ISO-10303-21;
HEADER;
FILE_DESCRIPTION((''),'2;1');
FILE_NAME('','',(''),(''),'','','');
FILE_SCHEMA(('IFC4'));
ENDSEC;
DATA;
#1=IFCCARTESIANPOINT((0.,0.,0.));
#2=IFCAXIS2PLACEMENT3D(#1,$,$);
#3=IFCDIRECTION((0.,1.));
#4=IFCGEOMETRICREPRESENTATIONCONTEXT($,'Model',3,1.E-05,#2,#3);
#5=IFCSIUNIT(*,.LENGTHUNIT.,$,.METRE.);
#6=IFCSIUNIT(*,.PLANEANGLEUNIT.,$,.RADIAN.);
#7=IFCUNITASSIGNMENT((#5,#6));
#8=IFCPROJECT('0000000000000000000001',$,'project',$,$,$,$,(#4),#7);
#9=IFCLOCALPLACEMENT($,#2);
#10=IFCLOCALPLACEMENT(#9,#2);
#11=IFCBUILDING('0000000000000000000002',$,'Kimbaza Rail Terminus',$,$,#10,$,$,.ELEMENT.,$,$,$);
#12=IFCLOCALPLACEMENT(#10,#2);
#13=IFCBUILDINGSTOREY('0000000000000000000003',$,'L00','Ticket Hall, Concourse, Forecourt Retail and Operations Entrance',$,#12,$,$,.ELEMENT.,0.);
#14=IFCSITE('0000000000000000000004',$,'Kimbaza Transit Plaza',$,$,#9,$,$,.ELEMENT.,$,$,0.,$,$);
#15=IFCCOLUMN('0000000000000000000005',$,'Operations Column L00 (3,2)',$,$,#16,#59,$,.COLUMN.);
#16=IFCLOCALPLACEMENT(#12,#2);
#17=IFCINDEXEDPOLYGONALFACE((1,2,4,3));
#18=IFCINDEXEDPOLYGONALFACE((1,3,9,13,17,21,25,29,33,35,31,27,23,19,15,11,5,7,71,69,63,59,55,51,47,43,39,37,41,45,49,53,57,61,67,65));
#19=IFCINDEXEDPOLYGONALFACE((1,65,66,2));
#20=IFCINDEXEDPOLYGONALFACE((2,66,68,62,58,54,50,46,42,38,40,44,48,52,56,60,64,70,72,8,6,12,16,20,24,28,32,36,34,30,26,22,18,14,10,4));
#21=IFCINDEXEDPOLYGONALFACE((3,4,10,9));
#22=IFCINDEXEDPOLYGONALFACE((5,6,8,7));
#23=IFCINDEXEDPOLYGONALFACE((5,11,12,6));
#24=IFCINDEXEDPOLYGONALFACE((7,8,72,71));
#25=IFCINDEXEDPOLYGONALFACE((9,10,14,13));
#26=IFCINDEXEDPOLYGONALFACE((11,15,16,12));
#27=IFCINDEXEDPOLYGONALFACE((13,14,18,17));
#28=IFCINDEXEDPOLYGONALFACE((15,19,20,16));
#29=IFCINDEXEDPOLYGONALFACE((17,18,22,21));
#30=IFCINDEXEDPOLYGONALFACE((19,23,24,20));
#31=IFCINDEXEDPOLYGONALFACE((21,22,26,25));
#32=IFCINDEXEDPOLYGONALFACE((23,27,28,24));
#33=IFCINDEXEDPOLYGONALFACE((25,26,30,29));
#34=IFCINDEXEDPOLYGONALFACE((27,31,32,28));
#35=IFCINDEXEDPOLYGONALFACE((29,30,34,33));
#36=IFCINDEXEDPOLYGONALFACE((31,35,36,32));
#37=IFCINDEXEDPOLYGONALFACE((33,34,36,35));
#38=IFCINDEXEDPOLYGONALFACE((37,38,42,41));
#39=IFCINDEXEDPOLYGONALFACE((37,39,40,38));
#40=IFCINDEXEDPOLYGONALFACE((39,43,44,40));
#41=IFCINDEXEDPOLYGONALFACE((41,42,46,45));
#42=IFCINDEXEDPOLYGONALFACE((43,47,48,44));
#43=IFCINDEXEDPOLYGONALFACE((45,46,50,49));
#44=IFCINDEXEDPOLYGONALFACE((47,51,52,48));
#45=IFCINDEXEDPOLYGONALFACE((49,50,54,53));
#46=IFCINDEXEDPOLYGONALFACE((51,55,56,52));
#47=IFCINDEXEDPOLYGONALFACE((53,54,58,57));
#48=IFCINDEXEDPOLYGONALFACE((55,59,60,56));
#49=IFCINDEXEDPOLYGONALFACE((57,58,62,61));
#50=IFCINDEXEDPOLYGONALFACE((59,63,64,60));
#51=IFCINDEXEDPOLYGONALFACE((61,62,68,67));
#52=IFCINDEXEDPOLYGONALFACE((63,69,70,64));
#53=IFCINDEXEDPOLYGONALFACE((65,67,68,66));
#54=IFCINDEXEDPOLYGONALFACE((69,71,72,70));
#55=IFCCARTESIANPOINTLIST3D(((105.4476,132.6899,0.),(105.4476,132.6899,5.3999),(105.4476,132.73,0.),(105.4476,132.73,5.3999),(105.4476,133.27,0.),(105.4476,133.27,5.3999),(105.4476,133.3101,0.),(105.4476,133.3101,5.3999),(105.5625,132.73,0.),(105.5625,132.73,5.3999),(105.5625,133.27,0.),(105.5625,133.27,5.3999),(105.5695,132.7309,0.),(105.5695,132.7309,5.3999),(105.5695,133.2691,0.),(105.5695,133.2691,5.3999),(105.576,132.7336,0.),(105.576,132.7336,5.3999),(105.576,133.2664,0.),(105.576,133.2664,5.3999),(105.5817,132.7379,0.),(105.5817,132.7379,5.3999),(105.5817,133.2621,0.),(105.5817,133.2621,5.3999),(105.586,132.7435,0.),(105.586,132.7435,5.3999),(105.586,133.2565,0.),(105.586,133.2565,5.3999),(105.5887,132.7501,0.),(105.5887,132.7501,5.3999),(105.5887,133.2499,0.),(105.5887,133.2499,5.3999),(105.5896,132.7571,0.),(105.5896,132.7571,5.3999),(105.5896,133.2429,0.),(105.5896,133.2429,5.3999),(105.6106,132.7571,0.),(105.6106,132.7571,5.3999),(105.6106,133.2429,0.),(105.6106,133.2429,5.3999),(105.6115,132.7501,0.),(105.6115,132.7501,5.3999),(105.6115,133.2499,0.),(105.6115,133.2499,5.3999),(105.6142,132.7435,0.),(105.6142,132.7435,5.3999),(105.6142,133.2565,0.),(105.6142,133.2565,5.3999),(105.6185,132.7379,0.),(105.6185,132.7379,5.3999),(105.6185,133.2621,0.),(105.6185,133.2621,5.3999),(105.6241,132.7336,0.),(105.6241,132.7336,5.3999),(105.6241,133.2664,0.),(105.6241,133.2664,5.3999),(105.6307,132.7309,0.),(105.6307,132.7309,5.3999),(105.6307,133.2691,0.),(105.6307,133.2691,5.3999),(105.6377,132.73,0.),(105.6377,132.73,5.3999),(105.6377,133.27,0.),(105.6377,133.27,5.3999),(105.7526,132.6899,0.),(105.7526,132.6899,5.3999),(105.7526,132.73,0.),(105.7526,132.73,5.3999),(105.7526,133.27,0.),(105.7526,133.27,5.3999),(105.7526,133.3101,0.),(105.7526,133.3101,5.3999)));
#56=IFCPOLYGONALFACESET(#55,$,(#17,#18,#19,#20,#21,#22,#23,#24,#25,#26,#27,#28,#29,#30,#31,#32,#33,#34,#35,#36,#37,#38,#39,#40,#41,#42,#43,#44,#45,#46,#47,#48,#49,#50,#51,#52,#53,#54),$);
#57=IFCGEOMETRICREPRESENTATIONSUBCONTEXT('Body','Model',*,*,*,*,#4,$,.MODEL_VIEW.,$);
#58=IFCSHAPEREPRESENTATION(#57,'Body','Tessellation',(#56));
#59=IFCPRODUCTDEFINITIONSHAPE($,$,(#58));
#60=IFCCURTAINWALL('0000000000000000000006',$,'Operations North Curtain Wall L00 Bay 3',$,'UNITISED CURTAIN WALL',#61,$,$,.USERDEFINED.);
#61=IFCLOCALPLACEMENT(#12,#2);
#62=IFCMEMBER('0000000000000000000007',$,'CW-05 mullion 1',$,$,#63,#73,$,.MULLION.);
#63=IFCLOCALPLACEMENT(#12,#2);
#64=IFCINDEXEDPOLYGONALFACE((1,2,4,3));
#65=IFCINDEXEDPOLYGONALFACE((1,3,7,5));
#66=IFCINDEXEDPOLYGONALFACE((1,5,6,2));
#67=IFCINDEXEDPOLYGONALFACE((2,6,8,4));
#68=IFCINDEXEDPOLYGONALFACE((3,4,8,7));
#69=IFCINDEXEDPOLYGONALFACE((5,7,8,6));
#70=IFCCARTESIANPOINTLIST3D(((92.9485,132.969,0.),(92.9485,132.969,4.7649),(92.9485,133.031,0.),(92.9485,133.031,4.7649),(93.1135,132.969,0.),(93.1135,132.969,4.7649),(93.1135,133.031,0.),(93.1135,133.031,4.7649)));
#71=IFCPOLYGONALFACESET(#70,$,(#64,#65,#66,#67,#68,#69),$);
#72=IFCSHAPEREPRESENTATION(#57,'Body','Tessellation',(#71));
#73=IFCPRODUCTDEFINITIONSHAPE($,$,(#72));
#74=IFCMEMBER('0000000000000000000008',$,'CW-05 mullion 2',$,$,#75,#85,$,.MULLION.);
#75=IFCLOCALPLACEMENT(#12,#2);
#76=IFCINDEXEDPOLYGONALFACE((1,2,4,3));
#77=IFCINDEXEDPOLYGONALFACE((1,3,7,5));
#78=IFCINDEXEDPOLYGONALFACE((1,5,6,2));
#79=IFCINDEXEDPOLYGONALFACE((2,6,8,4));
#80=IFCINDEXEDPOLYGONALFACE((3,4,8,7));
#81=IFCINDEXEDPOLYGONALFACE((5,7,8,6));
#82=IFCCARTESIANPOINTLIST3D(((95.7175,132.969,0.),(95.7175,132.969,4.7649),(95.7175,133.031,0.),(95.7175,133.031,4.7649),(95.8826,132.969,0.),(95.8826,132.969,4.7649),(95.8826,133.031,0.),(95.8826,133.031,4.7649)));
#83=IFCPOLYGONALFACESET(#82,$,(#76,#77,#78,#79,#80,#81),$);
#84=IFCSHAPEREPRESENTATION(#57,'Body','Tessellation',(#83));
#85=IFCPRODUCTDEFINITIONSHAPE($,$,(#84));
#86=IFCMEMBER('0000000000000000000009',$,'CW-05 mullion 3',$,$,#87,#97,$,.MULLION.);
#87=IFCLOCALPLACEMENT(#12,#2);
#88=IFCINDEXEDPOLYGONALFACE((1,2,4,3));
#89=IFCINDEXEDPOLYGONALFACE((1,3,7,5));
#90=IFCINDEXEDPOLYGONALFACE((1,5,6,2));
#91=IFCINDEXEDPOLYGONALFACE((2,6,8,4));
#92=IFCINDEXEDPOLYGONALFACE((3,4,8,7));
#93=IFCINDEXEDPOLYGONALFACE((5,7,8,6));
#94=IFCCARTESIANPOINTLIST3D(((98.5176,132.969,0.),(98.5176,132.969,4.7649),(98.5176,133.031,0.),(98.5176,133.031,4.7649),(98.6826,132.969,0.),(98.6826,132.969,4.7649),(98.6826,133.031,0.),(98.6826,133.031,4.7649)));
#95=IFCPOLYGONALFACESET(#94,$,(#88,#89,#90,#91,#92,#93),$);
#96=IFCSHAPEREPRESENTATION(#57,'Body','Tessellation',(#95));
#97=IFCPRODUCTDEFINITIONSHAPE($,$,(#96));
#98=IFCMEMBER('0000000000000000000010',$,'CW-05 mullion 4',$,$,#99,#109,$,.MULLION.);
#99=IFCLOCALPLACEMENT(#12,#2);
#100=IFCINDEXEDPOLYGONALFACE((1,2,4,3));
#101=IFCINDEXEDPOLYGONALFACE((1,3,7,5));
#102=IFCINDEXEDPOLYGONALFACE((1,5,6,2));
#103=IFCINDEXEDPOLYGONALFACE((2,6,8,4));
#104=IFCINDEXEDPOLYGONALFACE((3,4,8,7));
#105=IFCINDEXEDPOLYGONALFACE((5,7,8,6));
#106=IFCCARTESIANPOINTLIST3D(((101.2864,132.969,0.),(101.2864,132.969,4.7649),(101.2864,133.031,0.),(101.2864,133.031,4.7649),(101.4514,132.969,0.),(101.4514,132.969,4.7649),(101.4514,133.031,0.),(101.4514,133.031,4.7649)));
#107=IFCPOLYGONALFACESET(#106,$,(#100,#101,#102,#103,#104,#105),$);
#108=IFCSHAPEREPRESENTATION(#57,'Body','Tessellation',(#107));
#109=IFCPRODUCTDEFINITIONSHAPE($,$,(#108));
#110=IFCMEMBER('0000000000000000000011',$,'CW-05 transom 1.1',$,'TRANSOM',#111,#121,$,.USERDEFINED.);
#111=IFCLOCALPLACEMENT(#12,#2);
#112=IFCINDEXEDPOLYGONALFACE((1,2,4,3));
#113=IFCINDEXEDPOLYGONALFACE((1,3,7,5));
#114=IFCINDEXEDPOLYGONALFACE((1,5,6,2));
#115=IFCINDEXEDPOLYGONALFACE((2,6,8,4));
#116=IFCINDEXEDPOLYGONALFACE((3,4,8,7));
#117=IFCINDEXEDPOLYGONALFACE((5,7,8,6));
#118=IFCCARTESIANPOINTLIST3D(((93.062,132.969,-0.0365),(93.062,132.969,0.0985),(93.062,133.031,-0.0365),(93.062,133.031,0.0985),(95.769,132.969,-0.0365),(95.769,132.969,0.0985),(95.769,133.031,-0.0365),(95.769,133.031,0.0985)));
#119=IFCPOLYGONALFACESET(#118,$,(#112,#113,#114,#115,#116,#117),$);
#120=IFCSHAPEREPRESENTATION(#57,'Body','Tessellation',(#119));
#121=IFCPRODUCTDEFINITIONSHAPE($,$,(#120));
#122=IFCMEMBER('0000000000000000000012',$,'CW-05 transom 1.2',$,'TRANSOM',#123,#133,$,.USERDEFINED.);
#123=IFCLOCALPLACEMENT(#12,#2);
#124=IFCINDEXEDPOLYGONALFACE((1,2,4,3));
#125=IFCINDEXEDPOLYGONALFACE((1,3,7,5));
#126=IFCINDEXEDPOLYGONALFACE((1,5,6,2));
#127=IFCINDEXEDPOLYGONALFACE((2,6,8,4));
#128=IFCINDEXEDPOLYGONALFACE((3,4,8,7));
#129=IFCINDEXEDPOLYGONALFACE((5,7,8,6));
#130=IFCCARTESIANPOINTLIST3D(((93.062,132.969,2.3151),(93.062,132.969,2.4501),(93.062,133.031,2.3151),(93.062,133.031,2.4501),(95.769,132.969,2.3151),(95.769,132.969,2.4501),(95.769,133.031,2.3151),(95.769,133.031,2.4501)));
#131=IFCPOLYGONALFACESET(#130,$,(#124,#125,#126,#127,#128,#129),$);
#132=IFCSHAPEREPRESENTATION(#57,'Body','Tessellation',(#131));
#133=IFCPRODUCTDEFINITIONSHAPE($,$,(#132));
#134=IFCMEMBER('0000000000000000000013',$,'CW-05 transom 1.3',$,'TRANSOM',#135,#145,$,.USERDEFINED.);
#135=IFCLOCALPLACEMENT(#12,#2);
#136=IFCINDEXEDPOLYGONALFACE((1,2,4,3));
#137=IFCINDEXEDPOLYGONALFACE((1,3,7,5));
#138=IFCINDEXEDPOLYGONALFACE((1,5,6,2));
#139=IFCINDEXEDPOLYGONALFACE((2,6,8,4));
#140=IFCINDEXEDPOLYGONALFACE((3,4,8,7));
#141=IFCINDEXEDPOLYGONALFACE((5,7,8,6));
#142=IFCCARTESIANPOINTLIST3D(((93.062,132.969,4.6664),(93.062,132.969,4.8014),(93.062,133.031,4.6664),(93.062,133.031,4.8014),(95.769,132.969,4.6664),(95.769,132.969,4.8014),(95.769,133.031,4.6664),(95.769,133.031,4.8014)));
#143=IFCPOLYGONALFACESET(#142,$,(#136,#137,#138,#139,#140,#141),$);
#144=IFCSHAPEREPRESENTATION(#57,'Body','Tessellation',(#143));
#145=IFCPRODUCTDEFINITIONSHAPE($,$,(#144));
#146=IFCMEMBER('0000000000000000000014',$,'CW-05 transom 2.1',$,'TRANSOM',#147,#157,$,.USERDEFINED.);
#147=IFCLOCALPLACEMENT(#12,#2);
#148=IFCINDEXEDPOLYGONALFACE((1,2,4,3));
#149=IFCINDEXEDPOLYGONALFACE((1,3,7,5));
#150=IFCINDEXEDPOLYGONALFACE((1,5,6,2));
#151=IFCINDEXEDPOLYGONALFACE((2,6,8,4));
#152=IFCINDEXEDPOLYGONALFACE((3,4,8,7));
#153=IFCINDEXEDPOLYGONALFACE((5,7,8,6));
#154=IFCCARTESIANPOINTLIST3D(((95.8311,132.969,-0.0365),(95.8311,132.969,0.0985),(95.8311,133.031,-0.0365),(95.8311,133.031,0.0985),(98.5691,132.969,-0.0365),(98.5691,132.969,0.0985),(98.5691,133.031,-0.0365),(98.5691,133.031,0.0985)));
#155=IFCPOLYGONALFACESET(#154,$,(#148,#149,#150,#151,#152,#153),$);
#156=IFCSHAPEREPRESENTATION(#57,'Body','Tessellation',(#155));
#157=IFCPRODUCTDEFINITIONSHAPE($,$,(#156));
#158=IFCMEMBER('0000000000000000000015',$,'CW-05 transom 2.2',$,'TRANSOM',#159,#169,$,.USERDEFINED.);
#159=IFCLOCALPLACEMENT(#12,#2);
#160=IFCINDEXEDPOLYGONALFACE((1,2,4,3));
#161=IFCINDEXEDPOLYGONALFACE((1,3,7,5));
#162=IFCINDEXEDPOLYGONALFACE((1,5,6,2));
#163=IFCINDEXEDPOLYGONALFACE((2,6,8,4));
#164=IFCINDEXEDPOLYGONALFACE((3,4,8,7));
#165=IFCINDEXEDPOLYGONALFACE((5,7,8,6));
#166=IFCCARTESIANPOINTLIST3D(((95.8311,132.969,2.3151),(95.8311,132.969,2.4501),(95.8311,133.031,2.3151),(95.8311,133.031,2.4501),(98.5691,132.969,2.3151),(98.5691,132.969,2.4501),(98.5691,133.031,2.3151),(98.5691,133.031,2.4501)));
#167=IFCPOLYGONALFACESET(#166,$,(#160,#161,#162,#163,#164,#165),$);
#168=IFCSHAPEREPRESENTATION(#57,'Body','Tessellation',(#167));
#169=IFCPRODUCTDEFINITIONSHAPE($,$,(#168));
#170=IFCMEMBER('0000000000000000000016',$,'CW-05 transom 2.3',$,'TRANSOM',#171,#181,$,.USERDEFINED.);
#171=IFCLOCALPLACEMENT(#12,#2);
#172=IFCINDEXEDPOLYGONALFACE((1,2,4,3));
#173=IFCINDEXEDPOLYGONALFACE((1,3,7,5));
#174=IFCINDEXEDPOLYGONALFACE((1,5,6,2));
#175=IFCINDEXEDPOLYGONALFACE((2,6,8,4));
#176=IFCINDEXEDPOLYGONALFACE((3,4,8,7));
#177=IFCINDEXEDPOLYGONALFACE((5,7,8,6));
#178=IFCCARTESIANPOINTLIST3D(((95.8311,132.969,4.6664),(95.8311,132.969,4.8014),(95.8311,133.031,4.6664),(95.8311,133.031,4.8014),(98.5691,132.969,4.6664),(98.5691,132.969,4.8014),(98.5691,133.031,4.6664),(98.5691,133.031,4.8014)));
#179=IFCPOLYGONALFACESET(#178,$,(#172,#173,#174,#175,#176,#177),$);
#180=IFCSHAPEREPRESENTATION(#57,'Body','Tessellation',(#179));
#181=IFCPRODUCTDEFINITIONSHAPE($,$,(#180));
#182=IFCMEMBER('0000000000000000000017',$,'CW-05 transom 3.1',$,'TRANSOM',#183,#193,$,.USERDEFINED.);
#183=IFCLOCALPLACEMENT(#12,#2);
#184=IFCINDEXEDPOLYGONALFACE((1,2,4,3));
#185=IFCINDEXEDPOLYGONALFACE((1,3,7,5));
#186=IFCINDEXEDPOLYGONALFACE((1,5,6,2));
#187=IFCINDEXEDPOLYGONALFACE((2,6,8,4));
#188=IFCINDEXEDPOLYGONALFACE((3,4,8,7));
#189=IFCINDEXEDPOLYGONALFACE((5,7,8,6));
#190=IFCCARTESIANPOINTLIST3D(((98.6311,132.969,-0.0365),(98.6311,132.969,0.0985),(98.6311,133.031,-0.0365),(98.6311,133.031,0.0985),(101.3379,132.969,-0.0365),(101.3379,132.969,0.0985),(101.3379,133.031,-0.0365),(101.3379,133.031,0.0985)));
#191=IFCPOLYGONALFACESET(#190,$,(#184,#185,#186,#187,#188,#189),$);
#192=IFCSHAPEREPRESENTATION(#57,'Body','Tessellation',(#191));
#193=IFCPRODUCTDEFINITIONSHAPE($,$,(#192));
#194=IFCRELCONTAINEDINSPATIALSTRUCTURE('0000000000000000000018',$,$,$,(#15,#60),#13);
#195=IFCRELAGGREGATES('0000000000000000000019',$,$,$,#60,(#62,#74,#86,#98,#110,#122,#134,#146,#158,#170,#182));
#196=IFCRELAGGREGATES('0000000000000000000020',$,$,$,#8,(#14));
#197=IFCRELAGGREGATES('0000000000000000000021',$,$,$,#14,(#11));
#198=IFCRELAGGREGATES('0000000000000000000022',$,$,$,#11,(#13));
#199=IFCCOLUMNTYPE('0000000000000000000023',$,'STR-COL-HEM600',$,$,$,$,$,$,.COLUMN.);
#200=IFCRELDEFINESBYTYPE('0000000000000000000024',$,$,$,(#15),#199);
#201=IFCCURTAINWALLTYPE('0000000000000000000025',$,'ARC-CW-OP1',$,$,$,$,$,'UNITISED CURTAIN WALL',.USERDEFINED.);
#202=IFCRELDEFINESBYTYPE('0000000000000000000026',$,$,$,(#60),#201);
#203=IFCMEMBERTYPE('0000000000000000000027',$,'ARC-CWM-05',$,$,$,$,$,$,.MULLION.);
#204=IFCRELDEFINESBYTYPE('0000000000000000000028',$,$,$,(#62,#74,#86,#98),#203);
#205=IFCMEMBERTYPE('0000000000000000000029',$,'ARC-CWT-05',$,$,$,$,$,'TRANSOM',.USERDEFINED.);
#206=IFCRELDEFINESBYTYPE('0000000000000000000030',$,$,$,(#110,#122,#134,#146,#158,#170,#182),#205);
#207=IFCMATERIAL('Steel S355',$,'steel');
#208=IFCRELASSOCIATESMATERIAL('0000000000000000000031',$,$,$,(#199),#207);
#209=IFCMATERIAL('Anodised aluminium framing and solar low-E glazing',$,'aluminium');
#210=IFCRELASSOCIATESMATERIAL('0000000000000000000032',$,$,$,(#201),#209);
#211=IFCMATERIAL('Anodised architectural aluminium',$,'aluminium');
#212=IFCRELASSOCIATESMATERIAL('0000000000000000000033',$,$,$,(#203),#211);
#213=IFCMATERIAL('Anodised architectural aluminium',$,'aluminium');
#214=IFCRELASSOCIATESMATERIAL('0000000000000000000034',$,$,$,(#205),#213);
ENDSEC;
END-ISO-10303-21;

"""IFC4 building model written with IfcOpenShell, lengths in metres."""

from ifc_helpers import new_model, si_unit, direction, frame, origin, origin_2d, place, context, subcontext, project, spatial, rectangle, i_section, extrude, material, material_profile, profile_set, type_object, element, aggregate, save


model = new_model("IFC4")

# Units and contexts
model_context = context("Model", 3, precision=1e-05, world=origin(), true_north=direction((0.0, 1.0)))
body_context = subcontext(model_context, "Body", "Model", "MODEL_VIEW")
ifc_project = project(units=[si_unit("LENGTHUNIT", "METRE"), si_unit("PLANEANGLEUNIT", "RADIAN")], contexts=[model_context])

# Site, building, storey
site_placement = place(None, origin())
site = spatial("IfcSite", under=ifc_project, at=site_placement, Name="Kimbaza Transit Plaza", CompositionType="ELEMENT", RefElevation=0.0)
building_placement = place(site_placement, origin())
building = spatial("IfcBuilding", under=site, at=building_placement, Name="Kimbaza Rail Terminus", CompositionType="ELEMENT")
storey_placement = place(building_placement, origin())
storey = spatial("IfcBuildingStorey", under=building, at=storey_placement, Name="L00", Description="Ticket Hall, Concourse, Forecourt Retail and Operations Entrance", CompositionType="ELEMENT", Elevation=0.0)

# Column
ifc_material_1 = material(Name="Steel S355", Category="steel")
ifc_material_profile_1 = material_profile(ifc_material_1, i_section(OverallWidth=0.3049, OverallDepth=0.6201, WebThickness=0.021, FlangeThickness=0.04, FilletRadius=0.0271, at=origin_2d()), Name="HEM 600")
ifc_profile_set_1 = profile_set([ifc_material_profile_1], Name="Steel S355")
column_type = type_object("IfcColumnType", Name="STR-COL-HEM600", PredefinedType="COLUMN", material=ifc_profile_set_1)
column_placement = place(storey_placement, frame((105.6001, 133.0, 0.0), z_axis=(0.0, 0.0, 1.0), x_axis=(1.0, 0.0, 0.0)))
element("IfcColumn", 1, at=column_placement, inside=storey, type_object=column_type, Name="Operations Column L00 (3,2)", PredefinedType="COLUMN", context=body_context, shape_type="SweptSolid", body=[
    extrude(i_section(OverallWidth=0.3049, OverallDepth=0.6201, WebThickness=0.021, FlangeThickness=0.04, FilletRadius=0.0271, at=origin_2d()), origin(), (0.0, 0.0, 1.0), 5.3999),
])

# Curtain wall, members
ifc_material_2 = material(Name="Anodised aluminium framing and solar low-E glazing", Category="aluminium")
curtain_wall_type = type_object("IfcCurtainWallType", Name="ARC-CW-OP1", ElementType="UNITISED CURTAIN WALL", PredefinedType="USERDEFINED", material=ifc_material_2)
curtain_wall_placement = place(storey_placement, origin())
curtain_wall = element("IfcCurtainWall", 2, at=curtain_wall_placement, inside=storey, type_object=curtain_wall_type, Name="Operations North Curtain Wall L00 Bay 3", ObjectType="UNITISED CURTAIN WALL", PredefinedType="USERDEFINED")
ifc_material_3 = material(Name="Anodised architectural aluminium", Category="aluminium")
ifc_material_profile_2 = material_profile(ifc_material_3, rectangle(XDim=0.062, YDim=0.165, at=origin_2d()), Name="MULLION 62x165")
ifc_profile_set_2 = profile_set([ifc_material_profile_2], Name="Anodised architectural aluminium")
member_type_1 = type_object("IfcMemberType", Name="ARC-CWM-05", PredefinedType="MULLION", material=ifc_profile_set_2)
member_1_placement = place(storey_placement, frame((93.031, 133.0, 0.0), z_axis=(0.0, 0.0, 1.0), x_axis=(0.0, 1.0, 0.0)))
member_1 = element("IfcMember", 3, at=member_1_placement, type_object=member_type_1, Name="CW-05 mullion 1", PredefinedType="MULLION", context=body_context, shape_type="SweptSolid", body=[
    extrude(rectangle(XDim=0.062, YDim=0.165, at=origin_2d()), origin(), (0.0, 0.0, 1.0), 4.7649),
])
member_2_placement = place(storey_placement, frame((95.8, 133.0, 0.0), z_axis=(0.0, 0.0, 1.0), x_axis=(0.0, 1.0, 0.0)))
member_2 = element("IfcMember", 4, at=member_2_placement, type_object=member_type_1, Name="CW-05 mullion 2", PredefinedType="MULLION", context=body_context, shape_type="SweptSolid", body=[
    extrude(rectangle(XDim=0.062, YDim=0.165, at=origin_2d()), origin(), (0.0, 0.0, 1.0), 4.7649),
])
member_3_placement = place(storey_placement, frame((98.6001, 133.0, 0.0), z_axis=(0.0, 0.0, 1.0), x_axis=(0.0, 1.0, 0.0)))
member_3 = element("IfcMember", 5, at=member_3_placement, type_object=member_type_1, Name="CW-05 mullion 3", PredefinedType="MULLION", context=body_context, shape_type="SweptSolid", body=[
    extrude(rectangle(XDim=0.062, YDim=0.165, at=origin_2d()), origin(), (0.0, 0.0, 1.0), 4.7649),
])
member_4_placement = place(storey_placement, frame((101.3689, 133.0, 0.0), z_axis=(0.0, 0.0, 1.0), x_axis=(0.0, 1.0, 0.0)))
member_4 = element("IfcMember", 6, at=member_4_placement, type_object=member_type_1, Name="CW-05 mullion 4", PredefinedType="MULLION", context=body_context, shape_type="SweptSolid", body=[
    extrude(rectangle(XDim=0.062, YDim=0.165, at=origin_2d()), origin(), (0.0, 0.0, 1.0), 4.7649),
])
ifc_material_4 = material(Name="Anodised architectural aluminium", Category="aluminium")
ifc_material_profile_3 = material_profile(ifc_material_4, rectangle(XDim=0.062, YDim=0.135, at=origin_2d()), Name="TRANSOM 62x135")
ifc_profile_set_3 = profile_set([ifc_material_profile_3], Name="Anodised architectural aluminium")
member_type_2 = type_object("IfcMemberType", Name="ARC-CWT-05", ElementType="TRANSOM", PredefinedType="USERDEFINED", material=ifc_profile_set_3)
member_5_placement = place(storey_placement, frame((93.062, 133.0, 0.031), z_axis=(1.0, 0.0, 0.0), x_axis=(0.0, 1.0, 0.0)))
member_5 = element("IfcMember", 7, at=member_5_placement, type_object=member_type_2, Name="CW-05 transom 1.1", ObjectType="TRANSOM", PredefinedType="USERDEFINED", context=body_context, shape_type="SweptSolid", body=[
    extrude(rectangle(XDim=0.062, YDim=0.135, at=origin_2d()), origin(), (0.0, 0.0, 1.0), 2.707),
])
member_6_placement = place(storey_placement, frame((93.062, 133.0, 2.3826), z_axis=(1.0, 0.0, 0.0), x_axis=(0.0, 1.0, 0.0)))
member_6 = element("IfcMember", 8, at=member_6_placement, type_object=member_type_2, Name="CW-05 transom 1.2", ObjectType="TRANSOM", PredefinedType="USERDEFINED", context=body_context, shape_type="SweptSolid", body=[
    extrude(rectangle(XDim=0.062, YDim=0.135, at=origin_2d()), origin(), (0.0, 0.0, 1.0), 2.707),
])
member_7_placement = place(storey_placement, frame((93.062, 133.0, 4.7339), z_axis=(1.0, 0.0, 0.0), x_axis=(0.0, 1.0, 0.0)))
member_7 = element("IfcMember", 9, at=member_7_placement, type_object=member_type_2, Name="CW-05 transom 1.3", ObjectType="TRANSOM", PredefinedType="USERDEFINED", context=body_context, shape_type="SweptSolid", body=[
    extrude(rectangle(XDim=0.062, YDim=0.135, at=origin_2d()), origin(), (0.0, 0.0, 1.0), 2.707),
])
member_8_placement = place(storey_placement, frame((95.8311, 133.0, 0.031), z_axis=(1.0, 0.0, 0.0), x_axis=(0.0, 1.0, 0.0)))
member_8 = element("IfcMember", 10, at=member_8_placement, type_object=member_type_2, Name="CW-05 transom 2.1", ObjectType="TRANSOM", PredefinedType="USERDEFINED", context=body_context, shape_type="SweptSolid", body=[
    extrude(rectangle(XDim=0.062, YDim=0.135, at=origin_2d()), origin(), (0.0, 0.0, 1.0), 2.738),
])
member_9_placement = place(storey_placement, frame((95.8311, 133.0, 2.3826), z_axis=(1.0, 0.0, 0.0), x_axis=(0.0, 1.0, 0.0)))
member_9 = element("IfcMember", 11, at=member_9_placement, type_object=member_type_2, Name="CW-05 transom 2.2", ObjectType="TRANSOM", PredefinedType="USERDEFINED", context=body_context, shape_type="SweptSolid", body=[
    extrude(rectangle(XDim=0.062, YDim=0.135, at=origin_2d()), origin(), (0.0, 0.0, 1.0), 2.738),
])
member_10_placement = place(storey_placement, frame((95.8311, 133.0, 4.7339), z_axis=(1.0, 0.0, 0.0), x_axis=(0.0, 1.0, 0.0)))
member_10 = element("IfcMember", 12, at=member_10_placement, type_object=member_type_2, Name="CW-05 transom 2.3", ObjectType="TRANSOM", PredefinedType="USERDEFINED", context=body_context, shape_type="SweptSolid", body=[
    extrude(rectangle(XDim=0.062, YDim=0.135, at=origin_2d()), origin(), (0.0, 0.0, 1.0), 2.738),
])
member_11_placement = place(storey_placement, frame((98.6311, 133.0, 0.031), z_axis=(1.0, 0.0, 0.0), x_axis=(0.0, 1.0, 0.0)))
member_11 = element("IfcMember", 13, at=member_11_placement, type_object=member_type_2, Name="CW-05 transom 3.1", ObjectType="TRANSOM", PredefinedType="USERDEFINED", context=body_context, shape_type="SweptSolid", body=[
    extrude(rectangle(XDim=0.062, YDim=0.135, at=origin_2d()), origin(), (0.0, 0.0, 1.0), 2.7068),
])

aggregate(curtain_wall, [member_1, member_2, member_3, member_4, member_5, member_6, member_7, member_8, member_9, member_10, member_11])

save(model, "model.ifc")
